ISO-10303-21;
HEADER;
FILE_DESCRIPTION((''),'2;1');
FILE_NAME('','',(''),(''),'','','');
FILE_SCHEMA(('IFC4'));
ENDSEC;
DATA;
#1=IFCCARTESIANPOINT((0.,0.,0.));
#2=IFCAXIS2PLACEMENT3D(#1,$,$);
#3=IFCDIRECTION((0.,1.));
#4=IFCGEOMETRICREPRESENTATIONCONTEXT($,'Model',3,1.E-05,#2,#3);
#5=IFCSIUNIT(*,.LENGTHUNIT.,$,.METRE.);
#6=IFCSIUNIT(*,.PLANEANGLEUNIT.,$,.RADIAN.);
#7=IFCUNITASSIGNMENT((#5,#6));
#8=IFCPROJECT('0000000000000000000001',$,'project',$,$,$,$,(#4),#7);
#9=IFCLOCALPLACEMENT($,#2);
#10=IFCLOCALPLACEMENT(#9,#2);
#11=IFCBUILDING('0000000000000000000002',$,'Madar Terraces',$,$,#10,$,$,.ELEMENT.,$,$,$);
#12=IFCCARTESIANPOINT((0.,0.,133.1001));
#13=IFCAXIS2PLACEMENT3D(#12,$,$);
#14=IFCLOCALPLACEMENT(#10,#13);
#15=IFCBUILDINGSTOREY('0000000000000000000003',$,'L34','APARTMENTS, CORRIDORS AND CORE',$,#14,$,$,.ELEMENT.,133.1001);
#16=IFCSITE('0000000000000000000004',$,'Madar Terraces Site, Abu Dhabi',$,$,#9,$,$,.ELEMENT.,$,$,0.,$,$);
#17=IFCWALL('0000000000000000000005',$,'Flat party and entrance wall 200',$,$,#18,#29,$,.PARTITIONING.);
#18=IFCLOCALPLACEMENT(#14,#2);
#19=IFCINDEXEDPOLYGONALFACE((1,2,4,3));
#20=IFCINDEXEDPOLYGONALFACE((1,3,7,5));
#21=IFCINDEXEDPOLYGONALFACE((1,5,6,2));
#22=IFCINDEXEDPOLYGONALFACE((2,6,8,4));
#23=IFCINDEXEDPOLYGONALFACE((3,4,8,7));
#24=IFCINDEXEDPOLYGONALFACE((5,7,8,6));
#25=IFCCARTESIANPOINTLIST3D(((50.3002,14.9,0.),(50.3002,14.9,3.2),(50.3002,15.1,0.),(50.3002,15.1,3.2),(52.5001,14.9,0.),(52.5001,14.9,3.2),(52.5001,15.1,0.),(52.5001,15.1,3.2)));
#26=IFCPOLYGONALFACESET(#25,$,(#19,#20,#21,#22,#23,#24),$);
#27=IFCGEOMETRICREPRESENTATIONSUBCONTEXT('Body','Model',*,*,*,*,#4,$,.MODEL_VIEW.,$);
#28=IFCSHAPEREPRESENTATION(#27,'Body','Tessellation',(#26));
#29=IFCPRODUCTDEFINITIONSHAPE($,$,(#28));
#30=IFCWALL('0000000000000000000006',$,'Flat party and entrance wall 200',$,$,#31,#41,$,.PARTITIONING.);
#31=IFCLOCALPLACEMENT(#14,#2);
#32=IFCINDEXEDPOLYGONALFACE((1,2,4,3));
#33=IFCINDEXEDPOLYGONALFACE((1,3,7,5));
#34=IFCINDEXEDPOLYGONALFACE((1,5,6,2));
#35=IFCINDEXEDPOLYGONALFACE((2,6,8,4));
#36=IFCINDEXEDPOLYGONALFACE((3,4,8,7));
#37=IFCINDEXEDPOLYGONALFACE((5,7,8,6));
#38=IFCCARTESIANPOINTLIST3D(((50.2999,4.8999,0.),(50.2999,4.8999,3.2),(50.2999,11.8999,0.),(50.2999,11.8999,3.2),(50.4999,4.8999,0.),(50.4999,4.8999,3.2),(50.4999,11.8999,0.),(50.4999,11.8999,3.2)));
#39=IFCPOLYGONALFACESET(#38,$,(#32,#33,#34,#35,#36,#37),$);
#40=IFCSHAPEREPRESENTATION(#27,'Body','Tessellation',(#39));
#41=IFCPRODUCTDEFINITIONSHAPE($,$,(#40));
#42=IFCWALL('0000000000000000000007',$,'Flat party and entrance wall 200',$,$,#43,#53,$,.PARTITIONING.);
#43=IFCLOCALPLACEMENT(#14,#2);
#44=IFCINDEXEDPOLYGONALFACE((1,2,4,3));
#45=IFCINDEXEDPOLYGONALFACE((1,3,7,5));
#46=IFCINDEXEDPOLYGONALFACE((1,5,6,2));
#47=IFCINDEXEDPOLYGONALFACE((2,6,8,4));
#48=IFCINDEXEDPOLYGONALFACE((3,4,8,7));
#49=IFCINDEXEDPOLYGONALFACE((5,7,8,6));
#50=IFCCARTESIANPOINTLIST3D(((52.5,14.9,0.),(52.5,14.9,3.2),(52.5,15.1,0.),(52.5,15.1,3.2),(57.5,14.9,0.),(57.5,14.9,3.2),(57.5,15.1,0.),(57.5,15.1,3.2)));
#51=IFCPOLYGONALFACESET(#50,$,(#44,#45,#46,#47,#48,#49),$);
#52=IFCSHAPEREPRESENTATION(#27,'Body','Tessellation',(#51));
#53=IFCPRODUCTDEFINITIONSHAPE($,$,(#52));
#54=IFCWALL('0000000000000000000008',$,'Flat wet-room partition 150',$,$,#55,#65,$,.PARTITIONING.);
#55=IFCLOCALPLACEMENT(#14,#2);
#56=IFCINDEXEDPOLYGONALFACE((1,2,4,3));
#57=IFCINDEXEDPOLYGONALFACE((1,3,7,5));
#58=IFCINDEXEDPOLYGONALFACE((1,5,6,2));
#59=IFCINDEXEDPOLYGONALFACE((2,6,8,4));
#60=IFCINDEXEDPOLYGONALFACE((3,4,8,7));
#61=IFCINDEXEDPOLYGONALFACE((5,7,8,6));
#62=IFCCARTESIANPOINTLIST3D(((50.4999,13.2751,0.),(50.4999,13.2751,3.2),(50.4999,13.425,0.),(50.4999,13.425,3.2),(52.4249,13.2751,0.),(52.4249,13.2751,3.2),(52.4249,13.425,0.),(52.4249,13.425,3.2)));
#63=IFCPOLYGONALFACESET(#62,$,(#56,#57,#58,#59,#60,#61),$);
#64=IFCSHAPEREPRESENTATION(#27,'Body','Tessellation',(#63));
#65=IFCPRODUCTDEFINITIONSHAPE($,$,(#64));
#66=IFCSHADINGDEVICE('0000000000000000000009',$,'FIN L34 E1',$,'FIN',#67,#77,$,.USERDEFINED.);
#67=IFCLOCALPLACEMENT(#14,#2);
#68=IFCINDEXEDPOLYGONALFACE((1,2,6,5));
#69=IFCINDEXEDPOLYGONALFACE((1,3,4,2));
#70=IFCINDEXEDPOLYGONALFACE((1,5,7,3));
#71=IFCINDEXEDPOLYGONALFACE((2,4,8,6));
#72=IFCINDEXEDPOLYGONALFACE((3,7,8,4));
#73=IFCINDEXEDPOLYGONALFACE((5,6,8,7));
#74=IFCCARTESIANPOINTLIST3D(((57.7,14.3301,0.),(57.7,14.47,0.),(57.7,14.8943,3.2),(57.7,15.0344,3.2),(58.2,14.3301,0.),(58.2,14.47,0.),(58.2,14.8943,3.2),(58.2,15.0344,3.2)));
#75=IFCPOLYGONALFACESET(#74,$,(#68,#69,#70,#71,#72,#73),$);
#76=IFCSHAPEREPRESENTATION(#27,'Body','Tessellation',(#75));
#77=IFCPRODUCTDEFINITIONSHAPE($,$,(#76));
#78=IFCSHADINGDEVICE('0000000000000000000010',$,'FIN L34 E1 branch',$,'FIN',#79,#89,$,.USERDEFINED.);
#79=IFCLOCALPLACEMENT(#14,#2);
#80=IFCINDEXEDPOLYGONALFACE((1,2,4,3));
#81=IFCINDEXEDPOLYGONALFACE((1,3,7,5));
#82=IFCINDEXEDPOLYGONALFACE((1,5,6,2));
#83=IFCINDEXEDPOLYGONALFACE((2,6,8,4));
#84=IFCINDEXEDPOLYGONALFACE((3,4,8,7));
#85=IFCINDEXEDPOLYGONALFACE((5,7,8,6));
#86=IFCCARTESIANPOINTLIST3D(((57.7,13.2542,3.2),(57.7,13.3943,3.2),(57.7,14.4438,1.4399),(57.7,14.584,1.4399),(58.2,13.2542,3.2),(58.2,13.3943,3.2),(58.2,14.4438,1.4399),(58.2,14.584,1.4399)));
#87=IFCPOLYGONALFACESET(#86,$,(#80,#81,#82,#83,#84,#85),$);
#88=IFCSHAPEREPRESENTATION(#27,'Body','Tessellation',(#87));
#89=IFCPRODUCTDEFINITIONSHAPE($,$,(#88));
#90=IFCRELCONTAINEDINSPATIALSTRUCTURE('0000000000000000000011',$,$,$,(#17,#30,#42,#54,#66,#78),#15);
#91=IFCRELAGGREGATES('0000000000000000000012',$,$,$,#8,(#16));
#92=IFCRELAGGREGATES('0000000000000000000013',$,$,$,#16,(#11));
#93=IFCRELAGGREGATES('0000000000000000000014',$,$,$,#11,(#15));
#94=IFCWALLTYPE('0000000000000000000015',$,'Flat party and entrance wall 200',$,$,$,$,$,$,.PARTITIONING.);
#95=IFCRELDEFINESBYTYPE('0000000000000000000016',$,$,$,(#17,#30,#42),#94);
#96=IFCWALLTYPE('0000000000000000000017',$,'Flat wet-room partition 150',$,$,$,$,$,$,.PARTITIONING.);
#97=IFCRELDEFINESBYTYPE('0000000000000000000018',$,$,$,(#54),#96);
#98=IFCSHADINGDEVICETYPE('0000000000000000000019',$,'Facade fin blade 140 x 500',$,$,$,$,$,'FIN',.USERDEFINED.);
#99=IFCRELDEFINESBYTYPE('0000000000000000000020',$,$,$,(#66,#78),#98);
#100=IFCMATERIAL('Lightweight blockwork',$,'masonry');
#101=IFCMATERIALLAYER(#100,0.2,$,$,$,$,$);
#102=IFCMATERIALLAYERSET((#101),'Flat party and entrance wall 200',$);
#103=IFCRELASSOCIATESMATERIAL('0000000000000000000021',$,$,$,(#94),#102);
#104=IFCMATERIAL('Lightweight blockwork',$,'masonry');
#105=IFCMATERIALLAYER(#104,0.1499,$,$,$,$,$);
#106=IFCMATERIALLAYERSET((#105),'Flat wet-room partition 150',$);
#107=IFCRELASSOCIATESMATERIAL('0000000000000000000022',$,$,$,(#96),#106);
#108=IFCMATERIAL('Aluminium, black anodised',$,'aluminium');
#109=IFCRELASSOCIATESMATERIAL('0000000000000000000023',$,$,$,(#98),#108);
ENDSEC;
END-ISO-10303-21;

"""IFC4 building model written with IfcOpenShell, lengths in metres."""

from ifc_helpers import new_model, si_unit, direction, frame, frame_2d, origin, place, context, subcontext, project, spatial, polyline, rectangle, outline, extrude, material, layer, layer_set, type_object, element, save


model = new_model("IFC4")

# Units and contexts
model_context = context("Model", 3, precision=1e-05, world=origin(), true_north=direction((0.0, 1.0)))
body_context = subcontext(model_context, "Body", "Model", "MODEL_VIEW")
ifc_project = project(units=[si_unit("LENGTHUNIT", "METRE"), si_unit("PLANEANGLEUNIT", "RADIAN")], contexts=[model_context])

# Site, building, storey
site_placement = place(None, origin())
site = spatial("IfcSite", under=ifc_project, at=site_placement, Name="Madar Terraces Site, Abu Dhabi", CompositionType="ELEMENT", RefElevation=0.0)
building_placement = place(site_placement, origin())
building = spatial("IfcBuilding", under=site, at=building_placement, Name="Madar Terraces", CompositionType="ELEMENT")
storey_placement = place(building_placement, frame((0.0, 0.0, 133.1001)))
storey = spatial("IfcBuildingStorey", under=building, at=storey_placement, Name="L34", Description="APARTMENTS, CORRIDORS AND CORE", CompositionType="ELEMENT", Elevation=133.1001)

# Shared definitions
ifc_material_1 = material(Name="Lightweight blockwork", Category="masonry")
ifc_layer_1 = layer(ifc_material_1, 0.2)
ifc_layer_set_1 = layer_set([ifc_layer_1], Name="Flat party and entrance wall 200")
wall_type_1 = type_object("IfcWallType", Name="Flat party and entrance wall 200", PredefinedType="PARTITIONING", material=ifc_layer_set_1)

# Walls
wall_1_placement = place(storey_placement, frame((50.3, 15.0, 0.0), z_axis=(0.0, 0.0, 1.0), x_axis=(1.0, 0.0, 0.0)))
element("IfcWall", 1, at=wall_1_placement, inside=storey, type_object=wall_type_1, Name="Flat party and entrance wall 200", PredefinedType="PARTITIONING", context=body_context, shape_type="SweptSolid", body=[
    extrude(rectangle(XDim=2.2, YDim=0.2, at=frame_2d((1.1001, 0.0))), origin(), (0.0, 0.0, 1.0), 3.2),
])
wall_2_placement = place(storey_placement, frame((50.3999, 11.8999, 0.0), z_axis=(0.0, 0.0, 1.0), x_axis=(0.0, -1.0, 0.0)))
element("IfcWall", 2, at=wall_2_placement, inside=storey, type_object=wall_type_1, Name="Flat party and entrance wall 200", PredefinedType="PARTITIONING", context=body_context, shape_type="SweptSolid", body=[
    extrude(rectangle(XDim=7.0, YDim=0.2, at=frame_2d((3.5, 0.0))), origin(), (0.0, 0.0, 1.0), 3.2),
])
wall_3_placement = place(storey_placement, frame((52.5, 15.0, 0.0), z_axis=(0.0, 0.0, 1.0), x_axis=(1.0, 0.0, 0.0)))
element("IfcWall", 3, at=wall_3_placement, inside=storey, type_object=wall_type_1, Name="Flat party and entrance wall 200", PredefinedType="PARTITIONING", context=body_context, shape_type="SweptSolid", body=[
    extrude(rectangle(XDim=5.0, YDim=0.2, at=frame_2d((2.5, 0.0))), origin(), (0.0, 0.0, 1.0), 3.2),
])
ifc_material_2 = material(Name="Lightweight blockwork", Category="masonry")
ifc_layer_2 = layer(ifc_material_2, 0.1499)
ifc_layer_set_2 = layer_set([ifc_layer_2], Name="Flat wet-room partition 150")
wall_type_2 = type_object("IfcWallType", Name="Flat wet-room partition 150", PredefinedType="PARTITIONING", material=ifc_layer_set_2)
wall_4_placement = place(storey_placement, frame((50.5, 13.3501, 0.0), z_axis=(0.0, 0.0, 1.0), x_axis=(1.0, 0.0, 0.0)))
element("IfcWall", 4, at=wall_4_placement, inside=storey, type_object=wall_type_2, Name="Flat wet-room partition 150", PredefinedType="PARTITIONING", context=body_context, shape_type="SweptSolid", body=[
    extrude(rectangle(XDim=1.925, YDim=0.1499, at=frame_2d((0.9624, 0.0))), origin(), (0.0, 0.0, 1.0), 3.2),
])

# Shading devices
ifc_material_3 = material(Name="Aluminium, black anodised", Category="aluminium")
shading_device_type = type_object("IfcShadingDeviceType", Name="Facade fin blade 140 x 500", ElementType="FIN", PredefinedType="USERDEFINED", material=ifc_material_3)
shading_device_1_placement = place(storey_placement, frame((57.95, 14.3301, 0.0), z_axis=(0.0, 0.0, 1.0), x_axis=(0.0, 1.0, 0.0)))
element("IfcShadingDevice", 5, at=shading_device_1_placement, inside=storey, type_object=shading_device_type, Name="FIN L34 E1", ObjectType="FIN", PredefinedType="USERDEFINED", context=body_context, shape_type="SweptSolid", body=[
    extrude(outline(polyline([(0.0, 0.0), (0.1399, 0.0), (0.7043, 3.2), (0.5642, 3.2), (0.0, 0.0)])), frame((0.0, 0.25, 0.0), z_axis=(0.0, -1.0, 0.0), x_axis=(1.0, 0.0, 0.0)), (0.0, 0.0, 1.0), 0.5),
])
shading_device_2_placement = place(storey_placement, frame((57.95, 14.4438, 1.4399), z_axis=(0.0, 0.0, 1.0), x_axis=(0.0, 1.0, 0.0)))
element("IfcShadingDevice", 6, at=shading_device_2_placement, inside=storey, type_object=shading_device_type, Name="FIN L34 E1 branch", ObjectType="FIN", PredefinedType="USERDEFINED", context=body_context, shape_type="SweptSolid", body=[
    extrude(outline(polyline([(0.0, 0.0), (0.1401, 0.0), (-1.0496, 1.76), (-1.1897, 1.76), (0.0, 0.0)])), frame((0.0, 0.25, 0.0), z_axis=(0.0, -1.0, 0.0), x_axis=(1.0, 0.0, 0.0)), (0.0, 0.0, 1.0), 0.5),
])

save(model, "model.ifc")
